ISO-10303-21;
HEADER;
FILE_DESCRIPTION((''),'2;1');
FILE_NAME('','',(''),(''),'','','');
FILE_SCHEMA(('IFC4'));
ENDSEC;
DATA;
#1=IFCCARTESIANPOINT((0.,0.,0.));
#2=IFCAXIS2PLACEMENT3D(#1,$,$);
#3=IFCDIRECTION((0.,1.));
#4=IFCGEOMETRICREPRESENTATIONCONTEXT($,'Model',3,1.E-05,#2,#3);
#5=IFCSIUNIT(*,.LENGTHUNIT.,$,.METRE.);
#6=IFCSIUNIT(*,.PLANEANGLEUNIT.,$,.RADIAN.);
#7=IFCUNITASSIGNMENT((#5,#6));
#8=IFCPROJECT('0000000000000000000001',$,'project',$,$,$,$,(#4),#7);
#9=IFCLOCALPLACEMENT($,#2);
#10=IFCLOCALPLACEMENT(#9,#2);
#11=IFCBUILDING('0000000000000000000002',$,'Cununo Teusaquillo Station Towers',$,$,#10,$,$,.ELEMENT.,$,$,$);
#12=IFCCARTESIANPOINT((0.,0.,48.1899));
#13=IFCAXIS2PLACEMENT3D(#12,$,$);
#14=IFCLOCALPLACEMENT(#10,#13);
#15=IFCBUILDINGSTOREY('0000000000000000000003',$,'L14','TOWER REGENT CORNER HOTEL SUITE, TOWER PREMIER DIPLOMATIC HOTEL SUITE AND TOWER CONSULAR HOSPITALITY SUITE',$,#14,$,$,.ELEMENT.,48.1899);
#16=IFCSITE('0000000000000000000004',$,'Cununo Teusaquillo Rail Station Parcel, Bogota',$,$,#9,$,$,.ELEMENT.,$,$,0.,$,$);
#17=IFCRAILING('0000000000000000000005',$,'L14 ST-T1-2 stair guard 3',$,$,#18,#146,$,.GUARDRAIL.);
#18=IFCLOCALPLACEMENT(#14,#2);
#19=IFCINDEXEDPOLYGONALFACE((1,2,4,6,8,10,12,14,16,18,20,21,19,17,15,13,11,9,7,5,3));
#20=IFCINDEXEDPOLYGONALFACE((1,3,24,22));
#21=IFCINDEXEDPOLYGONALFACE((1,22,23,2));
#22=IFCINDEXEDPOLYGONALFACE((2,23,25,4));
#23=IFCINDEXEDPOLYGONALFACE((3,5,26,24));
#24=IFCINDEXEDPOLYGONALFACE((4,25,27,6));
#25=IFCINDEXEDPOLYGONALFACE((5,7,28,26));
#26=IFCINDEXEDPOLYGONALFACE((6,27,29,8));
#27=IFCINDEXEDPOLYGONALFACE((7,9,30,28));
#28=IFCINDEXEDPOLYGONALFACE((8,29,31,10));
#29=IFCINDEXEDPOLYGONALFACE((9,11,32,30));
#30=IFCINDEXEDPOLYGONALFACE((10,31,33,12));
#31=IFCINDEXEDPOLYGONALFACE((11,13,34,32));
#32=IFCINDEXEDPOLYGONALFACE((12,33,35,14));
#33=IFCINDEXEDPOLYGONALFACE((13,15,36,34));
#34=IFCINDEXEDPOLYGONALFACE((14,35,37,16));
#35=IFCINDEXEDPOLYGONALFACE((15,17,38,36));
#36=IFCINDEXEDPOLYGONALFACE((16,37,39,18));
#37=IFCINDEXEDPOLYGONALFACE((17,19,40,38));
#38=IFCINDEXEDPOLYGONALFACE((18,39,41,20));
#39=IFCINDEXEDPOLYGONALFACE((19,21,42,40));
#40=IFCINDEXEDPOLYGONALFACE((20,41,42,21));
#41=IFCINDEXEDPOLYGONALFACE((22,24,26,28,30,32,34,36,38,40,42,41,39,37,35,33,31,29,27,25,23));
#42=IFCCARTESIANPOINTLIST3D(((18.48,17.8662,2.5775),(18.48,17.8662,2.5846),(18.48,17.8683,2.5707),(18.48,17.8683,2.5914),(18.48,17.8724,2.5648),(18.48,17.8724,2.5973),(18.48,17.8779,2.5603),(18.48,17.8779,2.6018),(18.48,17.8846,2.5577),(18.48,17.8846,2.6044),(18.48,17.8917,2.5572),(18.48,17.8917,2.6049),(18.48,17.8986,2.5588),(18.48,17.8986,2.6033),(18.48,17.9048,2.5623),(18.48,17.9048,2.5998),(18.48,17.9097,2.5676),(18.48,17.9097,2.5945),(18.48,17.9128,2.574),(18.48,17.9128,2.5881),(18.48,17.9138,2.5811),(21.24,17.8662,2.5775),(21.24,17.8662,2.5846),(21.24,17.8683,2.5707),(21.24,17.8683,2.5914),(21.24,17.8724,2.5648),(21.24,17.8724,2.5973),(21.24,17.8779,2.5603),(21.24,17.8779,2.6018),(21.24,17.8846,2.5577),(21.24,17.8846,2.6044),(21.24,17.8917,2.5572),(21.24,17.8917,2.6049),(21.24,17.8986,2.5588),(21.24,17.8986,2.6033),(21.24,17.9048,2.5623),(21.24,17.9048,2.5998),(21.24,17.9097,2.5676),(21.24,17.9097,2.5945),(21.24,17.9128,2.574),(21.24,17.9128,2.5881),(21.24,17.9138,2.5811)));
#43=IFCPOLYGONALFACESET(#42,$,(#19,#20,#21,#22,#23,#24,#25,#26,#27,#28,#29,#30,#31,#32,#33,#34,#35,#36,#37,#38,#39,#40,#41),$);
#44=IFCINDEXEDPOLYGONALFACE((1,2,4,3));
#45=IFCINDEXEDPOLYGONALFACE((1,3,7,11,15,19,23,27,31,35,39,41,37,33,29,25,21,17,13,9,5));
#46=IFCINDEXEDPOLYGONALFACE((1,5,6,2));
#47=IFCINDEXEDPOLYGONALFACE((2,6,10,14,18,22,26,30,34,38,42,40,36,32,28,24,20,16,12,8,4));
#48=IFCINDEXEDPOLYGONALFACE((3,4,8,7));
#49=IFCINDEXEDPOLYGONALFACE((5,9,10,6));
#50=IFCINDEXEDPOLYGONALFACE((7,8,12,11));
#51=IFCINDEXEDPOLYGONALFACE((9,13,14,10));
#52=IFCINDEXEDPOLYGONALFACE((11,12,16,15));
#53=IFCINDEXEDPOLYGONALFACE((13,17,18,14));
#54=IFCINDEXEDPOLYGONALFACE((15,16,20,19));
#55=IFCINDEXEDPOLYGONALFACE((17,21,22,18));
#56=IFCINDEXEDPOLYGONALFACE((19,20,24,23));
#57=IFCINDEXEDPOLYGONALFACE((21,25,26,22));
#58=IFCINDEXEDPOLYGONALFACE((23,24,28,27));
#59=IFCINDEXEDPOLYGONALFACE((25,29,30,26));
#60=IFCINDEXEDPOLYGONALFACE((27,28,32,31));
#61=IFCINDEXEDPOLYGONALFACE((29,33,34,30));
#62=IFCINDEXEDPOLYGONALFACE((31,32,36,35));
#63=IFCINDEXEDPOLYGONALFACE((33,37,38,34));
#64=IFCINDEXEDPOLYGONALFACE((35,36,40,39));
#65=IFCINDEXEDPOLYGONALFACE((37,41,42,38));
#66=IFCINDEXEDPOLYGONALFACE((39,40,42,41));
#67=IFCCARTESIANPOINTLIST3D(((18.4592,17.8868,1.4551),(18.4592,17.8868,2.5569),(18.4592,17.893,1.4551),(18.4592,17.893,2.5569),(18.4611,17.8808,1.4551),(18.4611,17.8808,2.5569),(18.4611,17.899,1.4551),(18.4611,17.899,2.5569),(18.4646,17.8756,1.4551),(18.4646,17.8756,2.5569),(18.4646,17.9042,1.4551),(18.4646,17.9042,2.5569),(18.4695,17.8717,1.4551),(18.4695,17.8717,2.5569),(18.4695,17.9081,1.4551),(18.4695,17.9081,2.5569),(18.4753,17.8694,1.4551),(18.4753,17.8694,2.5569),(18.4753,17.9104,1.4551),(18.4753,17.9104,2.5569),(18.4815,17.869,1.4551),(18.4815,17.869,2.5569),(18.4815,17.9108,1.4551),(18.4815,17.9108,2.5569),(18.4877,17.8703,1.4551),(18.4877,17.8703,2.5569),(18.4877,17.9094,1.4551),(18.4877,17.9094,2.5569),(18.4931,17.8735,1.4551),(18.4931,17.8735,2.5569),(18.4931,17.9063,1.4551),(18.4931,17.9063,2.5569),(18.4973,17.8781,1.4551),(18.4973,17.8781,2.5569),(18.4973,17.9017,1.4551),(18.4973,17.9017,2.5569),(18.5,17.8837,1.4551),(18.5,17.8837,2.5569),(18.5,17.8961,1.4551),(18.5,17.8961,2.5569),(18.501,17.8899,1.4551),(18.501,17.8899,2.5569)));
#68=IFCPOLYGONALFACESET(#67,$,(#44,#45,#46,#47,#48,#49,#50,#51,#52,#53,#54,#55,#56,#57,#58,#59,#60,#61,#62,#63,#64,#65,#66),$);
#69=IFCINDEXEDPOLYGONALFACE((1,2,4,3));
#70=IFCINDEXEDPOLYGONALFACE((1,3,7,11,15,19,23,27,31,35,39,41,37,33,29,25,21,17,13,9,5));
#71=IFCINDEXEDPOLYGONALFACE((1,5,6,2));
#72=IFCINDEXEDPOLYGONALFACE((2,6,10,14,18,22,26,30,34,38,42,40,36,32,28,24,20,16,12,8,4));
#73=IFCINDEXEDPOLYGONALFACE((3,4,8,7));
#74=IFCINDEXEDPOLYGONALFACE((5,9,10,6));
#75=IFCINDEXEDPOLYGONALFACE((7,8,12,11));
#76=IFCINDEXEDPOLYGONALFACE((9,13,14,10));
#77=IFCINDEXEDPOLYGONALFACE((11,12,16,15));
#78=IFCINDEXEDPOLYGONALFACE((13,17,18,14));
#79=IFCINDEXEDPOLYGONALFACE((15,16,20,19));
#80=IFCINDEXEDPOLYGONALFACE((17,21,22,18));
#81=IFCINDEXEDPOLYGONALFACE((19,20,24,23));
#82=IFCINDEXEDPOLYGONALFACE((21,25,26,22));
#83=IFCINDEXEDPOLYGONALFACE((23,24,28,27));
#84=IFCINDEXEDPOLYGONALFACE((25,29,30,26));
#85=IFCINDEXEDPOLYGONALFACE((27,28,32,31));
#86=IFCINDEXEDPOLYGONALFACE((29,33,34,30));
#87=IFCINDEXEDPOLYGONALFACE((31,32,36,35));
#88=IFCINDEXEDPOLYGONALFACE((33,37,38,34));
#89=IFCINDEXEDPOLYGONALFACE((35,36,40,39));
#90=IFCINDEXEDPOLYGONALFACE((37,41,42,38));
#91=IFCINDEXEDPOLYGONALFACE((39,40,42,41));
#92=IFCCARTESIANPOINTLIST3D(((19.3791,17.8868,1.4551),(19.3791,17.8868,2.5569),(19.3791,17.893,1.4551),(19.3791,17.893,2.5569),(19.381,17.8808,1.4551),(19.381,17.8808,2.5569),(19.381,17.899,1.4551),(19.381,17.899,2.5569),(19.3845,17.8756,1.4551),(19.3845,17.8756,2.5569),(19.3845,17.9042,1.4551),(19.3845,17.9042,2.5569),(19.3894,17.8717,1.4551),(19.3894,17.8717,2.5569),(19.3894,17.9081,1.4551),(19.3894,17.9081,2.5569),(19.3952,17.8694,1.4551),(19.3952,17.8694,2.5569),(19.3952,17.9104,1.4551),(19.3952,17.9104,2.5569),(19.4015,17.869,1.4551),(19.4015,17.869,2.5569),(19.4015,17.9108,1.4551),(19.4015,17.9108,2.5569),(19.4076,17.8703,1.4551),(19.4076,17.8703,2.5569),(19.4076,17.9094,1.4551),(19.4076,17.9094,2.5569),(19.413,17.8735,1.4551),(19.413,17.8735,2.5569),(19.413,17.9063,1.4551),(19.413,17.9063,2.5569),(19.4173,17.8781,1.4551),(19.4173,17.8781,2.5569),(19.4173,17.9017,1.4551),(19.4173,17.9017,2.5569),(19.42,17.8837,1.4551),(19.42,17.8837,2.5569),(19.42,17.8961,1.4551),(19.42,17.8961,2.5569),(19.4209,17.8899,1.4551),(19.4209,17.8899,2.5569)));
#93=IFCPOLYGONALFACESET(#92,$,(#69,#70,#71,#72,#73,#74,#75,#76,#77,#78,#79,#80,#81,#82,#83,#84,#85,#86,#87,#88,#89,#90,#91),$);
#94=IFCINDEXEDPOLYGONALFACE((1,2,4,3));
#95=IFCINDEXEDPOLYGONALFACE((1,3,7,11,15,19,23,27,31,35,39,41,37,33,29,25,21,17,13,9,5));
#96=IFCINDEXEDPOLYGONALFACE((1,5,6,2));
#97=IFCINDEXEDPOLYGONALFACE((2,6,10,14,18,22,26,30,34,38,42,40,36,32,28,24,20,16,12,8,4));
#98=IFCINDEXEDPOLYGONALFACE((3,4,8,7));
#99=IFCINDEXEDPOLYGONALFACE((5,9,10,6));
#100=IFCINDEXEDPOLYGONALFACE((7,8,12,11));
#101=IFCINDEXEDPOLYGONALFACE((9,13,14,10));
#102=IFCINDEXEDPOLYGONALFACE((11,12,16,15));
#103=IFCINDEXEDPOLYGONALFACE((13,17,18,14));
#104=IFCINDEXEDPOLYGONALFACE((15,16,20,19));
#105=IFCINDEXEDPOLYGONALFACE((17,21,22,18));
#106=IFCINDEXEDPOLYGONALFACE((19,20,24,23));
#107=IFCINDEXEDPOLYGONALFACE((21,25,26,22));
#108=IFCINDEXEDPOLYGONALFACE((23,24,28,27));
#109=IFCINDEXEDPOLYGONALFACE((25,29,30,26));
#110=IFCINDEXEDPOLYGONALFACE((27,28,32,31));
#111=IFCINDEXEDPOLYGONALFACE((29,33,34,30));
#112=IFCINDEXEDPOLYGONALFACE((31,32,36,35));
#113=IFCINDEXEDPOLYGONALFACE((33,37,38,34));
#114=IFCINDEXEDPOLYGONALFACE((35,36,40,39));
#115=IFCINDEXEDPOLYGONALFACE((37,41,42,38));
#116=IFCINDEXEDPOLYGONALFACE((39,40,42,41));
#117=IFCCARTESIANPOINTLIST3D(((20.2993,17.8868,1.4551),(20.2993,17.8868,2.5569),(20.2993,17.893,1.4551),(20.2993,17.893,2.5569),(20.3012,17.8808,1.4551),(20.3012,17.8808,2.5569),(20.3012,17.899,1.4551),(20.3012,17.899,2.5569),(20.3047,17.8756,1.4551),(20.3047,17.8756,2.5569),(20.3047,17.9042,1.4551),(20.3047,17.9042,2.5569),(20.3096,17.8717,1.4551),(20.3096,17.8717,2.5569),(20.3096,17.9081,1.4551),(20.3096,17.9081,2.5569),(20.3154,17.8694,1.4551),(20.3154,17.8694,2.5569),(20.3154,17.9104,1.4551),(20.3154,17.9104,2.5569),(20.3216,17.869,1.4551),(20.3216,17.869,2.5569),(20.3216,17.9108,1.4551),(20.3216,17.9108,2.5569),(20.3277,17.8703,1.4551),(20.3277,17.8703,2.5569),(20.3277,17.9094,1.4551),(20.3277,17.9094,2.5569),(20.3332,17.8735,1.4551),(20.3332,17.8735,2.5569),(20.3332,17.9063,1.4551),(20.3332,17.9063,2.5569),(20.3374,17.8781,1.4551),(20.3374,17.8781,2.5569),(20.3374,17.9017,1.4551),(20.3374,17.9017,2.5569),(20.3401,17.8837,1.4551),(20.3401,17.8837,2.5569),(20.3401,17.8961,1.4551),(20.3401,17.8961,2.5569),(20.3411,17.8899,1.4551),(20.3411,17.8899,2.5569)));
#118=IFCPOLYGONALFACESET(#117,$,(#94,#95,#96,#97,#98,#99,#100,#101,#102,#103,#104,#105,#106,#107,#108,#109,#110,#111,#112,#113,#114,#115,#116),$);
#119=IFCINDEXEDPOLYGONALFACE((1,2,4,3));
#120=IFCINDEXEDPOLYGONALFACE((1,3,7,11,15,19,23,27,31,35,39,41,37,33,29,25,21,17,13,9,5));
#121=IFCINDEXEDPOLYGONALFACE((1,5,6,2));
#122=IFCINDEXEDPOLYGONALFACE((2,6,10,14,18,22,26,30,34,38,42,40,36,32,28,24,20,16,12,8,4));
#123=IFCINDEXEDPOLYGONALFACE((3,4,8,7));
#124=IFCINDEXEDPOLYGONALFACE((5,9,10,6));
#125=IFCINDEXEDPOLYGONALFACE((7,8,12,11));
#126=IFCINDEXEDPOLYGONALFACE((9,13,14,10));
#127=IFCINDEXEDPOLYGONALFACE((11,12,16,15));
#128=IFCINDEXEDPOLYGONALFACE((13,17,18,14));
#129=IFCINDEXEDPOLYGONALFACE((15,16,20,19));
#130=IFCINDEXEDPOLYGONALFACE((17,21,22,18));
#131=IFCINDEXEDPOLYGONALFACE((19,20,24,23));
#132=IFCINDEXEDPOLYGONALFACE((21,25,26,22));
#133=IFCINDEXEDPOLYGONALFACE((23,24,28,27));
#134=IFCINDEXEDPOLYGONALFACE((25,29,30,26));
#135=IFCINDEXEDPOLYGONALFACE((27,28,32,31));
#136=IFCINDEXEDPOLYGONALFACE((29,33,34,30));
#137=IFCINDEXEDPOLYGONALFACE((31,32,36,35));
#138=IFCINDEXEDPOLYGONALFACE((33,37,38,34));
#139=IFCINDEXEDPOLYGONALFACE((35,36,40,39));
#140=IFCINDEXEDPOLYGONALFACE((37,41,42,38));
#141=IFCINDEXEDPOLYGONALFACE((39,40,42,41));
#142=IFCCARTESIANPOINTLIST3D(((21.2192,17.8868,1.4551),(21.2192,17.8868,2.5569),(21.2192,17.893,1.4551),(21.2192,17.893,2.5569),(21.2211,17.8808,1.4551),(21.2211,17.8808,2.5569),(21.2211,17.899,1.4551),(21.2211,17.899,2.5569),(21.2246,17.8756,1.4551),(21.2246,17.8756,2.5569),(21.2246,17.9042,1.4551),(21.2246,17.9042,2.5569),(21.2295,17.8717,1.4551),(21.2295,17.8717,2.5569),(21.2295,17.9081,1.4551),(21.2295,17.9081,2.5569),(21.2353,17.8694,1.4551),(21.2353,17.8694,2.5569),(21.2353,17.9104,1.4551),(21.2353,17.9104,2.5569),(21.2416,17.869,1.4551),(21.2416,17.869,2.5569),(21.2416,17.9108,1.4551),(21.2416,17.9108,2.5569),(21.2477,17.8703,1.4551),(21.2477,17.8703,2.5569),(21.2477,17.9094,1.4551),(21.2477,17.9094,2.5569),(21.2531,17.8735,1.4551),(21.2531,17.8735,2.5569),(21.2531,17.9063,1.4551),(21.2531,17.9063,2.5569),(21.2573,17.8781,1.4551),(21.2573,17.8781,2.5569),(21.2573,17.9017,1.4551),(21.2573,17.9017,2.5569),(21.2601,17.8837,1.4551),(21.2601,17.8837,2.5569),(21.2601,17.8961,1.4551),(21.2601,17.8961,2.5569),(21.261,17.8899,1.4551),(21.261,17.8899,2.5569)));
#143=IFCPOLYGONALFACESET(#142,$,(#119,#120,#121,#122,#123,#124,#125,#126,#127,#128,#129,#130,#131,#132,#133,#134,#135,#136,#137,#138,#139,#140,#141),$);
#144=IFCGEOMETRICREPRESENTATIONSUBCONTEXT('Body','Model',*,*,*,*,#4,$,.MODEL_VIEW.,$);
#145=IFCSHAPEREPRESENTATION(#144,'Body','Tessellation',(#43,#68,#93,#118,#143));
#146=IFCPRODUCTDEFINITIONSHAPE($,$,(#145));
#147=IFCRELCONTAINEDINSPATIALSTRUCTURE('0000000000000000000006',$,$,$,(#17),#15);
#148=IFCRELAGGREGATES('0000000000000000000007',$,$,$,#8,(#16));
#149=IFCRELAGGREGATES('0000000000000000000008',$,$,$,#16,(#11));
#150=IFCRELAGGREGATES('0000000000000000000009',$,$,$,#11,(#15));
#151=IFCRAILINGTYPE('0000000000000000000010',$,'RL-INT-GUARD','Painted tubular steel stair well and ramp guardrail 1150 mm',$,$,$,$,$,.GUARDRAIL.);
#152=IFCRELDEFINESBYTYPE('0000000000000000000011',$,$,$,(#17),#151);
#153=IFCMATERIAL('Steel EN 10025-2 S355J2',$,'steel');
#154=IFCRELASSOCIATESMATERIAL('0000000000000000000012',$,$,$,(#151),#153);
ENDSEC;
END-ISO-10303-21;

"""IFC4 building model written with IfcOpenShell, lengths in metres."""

from ifc_helpers import new_model, si_unit, direction, frame, origin, origin_2d, place, context, subcontext, project, spatial, circle, extrude, material, type_object, element, save


model = new_model("IFC4")

# Units and contexts
model_context = context("Model", 3, precision=1e-05, world=origin(), true_north=direction((0.0, 1.0)))
body_context = subcontext(model_context, "Body", "Model", "MODEL_VIEW")
ifc_project = project(units=[si_unit("LENGTHUNIT", "METRE"), si_unit("PLANEANGLEUNIT", "RADIAN")], contexts=[model_context])

# Site, building, storey
site_placement = place(None, origin())
site = spatial("IfcSite", under=ifc_project, at=site_placement, Name="Cununo Teusaquillo Rail Station Parcel, Bogota", CompositionType="ELEMENT", RefElevation=0.0)
building_placement = place(site_placement, origin())
building = spatial("IfcBuilding", under=site, at=building_placement, Name="Cununo Teusaquillo Station Towers", CompositionType="ELEMENT")
storey_placement = place(building_placement, frame((0.0, 0.0, 48.1899)))
storey = spatial("IfcBuildingStorey", under=building, at=storey_placement, Name="L14", Description="TOWER REGENT CORNER HOTEL SUITE, TOWER PREMIER DIPLOMATIC HOTEL SUITE AND TOWER CONSULAR HOSPITALITY SUITE", CompositionType="ELEMENT", Elevation=48.1899)

# Railing
ifc_material_1 = material(Name="Steel EN 10025-2 S355J2", Category="steel")
railing_type_1 = type_object("IfcRailingType", Name="RL-INT-GUARD", Description="Painted tubular steel stair well and ramp guardrail 1150 mm", PredefinedType="GUARDRAIL", material=ifc_material_1)
railing_1_placement = place(storey_placement, frame((18.48, 17.8899, 1.4551)))
element("IfcRailing", 1, at=railing_1_placement, inside=storey, type_object=railing_type_1, Name="L14 ST-T1-2 stair guard 3", PredefinedType="GUARDRAIL", context=body_context, shape_type="SweptSolid", body=[
    extrude(circle(Radius=0.0239, at=origin_2d()), frame((0.0, 0.0, 1.126), z_axis=(1.0, 0.0, 0.0), x_axis=(0.0, 1.0, 0.0)), (0.0, 0.0, 1.0), 2.76),
    extrude(circle(Radius=0.021, at=origin_2d()), origin(), (0.0, 0.0, 1.0), 1.1018),
    extrude(circle(Radius=0.021, at=origin_2d()), frame((0.9199, 0.0, 0.0)), (0.0, 0.0, 1.0), 1.1018),
    extrude(circle(Radius=0.021, at=origin_2d()), frame((1.8401, 0.0, 0.0)), (0.0, 0.0, 1.0), 1.1018),
    extrude(circle(Radius=0.021, at=origin_2d()), frame((2.76, 0.0, 0.0)), (0.0, 0.0, 1.0), 1.1018),
])

save(model, "model.ifc")
